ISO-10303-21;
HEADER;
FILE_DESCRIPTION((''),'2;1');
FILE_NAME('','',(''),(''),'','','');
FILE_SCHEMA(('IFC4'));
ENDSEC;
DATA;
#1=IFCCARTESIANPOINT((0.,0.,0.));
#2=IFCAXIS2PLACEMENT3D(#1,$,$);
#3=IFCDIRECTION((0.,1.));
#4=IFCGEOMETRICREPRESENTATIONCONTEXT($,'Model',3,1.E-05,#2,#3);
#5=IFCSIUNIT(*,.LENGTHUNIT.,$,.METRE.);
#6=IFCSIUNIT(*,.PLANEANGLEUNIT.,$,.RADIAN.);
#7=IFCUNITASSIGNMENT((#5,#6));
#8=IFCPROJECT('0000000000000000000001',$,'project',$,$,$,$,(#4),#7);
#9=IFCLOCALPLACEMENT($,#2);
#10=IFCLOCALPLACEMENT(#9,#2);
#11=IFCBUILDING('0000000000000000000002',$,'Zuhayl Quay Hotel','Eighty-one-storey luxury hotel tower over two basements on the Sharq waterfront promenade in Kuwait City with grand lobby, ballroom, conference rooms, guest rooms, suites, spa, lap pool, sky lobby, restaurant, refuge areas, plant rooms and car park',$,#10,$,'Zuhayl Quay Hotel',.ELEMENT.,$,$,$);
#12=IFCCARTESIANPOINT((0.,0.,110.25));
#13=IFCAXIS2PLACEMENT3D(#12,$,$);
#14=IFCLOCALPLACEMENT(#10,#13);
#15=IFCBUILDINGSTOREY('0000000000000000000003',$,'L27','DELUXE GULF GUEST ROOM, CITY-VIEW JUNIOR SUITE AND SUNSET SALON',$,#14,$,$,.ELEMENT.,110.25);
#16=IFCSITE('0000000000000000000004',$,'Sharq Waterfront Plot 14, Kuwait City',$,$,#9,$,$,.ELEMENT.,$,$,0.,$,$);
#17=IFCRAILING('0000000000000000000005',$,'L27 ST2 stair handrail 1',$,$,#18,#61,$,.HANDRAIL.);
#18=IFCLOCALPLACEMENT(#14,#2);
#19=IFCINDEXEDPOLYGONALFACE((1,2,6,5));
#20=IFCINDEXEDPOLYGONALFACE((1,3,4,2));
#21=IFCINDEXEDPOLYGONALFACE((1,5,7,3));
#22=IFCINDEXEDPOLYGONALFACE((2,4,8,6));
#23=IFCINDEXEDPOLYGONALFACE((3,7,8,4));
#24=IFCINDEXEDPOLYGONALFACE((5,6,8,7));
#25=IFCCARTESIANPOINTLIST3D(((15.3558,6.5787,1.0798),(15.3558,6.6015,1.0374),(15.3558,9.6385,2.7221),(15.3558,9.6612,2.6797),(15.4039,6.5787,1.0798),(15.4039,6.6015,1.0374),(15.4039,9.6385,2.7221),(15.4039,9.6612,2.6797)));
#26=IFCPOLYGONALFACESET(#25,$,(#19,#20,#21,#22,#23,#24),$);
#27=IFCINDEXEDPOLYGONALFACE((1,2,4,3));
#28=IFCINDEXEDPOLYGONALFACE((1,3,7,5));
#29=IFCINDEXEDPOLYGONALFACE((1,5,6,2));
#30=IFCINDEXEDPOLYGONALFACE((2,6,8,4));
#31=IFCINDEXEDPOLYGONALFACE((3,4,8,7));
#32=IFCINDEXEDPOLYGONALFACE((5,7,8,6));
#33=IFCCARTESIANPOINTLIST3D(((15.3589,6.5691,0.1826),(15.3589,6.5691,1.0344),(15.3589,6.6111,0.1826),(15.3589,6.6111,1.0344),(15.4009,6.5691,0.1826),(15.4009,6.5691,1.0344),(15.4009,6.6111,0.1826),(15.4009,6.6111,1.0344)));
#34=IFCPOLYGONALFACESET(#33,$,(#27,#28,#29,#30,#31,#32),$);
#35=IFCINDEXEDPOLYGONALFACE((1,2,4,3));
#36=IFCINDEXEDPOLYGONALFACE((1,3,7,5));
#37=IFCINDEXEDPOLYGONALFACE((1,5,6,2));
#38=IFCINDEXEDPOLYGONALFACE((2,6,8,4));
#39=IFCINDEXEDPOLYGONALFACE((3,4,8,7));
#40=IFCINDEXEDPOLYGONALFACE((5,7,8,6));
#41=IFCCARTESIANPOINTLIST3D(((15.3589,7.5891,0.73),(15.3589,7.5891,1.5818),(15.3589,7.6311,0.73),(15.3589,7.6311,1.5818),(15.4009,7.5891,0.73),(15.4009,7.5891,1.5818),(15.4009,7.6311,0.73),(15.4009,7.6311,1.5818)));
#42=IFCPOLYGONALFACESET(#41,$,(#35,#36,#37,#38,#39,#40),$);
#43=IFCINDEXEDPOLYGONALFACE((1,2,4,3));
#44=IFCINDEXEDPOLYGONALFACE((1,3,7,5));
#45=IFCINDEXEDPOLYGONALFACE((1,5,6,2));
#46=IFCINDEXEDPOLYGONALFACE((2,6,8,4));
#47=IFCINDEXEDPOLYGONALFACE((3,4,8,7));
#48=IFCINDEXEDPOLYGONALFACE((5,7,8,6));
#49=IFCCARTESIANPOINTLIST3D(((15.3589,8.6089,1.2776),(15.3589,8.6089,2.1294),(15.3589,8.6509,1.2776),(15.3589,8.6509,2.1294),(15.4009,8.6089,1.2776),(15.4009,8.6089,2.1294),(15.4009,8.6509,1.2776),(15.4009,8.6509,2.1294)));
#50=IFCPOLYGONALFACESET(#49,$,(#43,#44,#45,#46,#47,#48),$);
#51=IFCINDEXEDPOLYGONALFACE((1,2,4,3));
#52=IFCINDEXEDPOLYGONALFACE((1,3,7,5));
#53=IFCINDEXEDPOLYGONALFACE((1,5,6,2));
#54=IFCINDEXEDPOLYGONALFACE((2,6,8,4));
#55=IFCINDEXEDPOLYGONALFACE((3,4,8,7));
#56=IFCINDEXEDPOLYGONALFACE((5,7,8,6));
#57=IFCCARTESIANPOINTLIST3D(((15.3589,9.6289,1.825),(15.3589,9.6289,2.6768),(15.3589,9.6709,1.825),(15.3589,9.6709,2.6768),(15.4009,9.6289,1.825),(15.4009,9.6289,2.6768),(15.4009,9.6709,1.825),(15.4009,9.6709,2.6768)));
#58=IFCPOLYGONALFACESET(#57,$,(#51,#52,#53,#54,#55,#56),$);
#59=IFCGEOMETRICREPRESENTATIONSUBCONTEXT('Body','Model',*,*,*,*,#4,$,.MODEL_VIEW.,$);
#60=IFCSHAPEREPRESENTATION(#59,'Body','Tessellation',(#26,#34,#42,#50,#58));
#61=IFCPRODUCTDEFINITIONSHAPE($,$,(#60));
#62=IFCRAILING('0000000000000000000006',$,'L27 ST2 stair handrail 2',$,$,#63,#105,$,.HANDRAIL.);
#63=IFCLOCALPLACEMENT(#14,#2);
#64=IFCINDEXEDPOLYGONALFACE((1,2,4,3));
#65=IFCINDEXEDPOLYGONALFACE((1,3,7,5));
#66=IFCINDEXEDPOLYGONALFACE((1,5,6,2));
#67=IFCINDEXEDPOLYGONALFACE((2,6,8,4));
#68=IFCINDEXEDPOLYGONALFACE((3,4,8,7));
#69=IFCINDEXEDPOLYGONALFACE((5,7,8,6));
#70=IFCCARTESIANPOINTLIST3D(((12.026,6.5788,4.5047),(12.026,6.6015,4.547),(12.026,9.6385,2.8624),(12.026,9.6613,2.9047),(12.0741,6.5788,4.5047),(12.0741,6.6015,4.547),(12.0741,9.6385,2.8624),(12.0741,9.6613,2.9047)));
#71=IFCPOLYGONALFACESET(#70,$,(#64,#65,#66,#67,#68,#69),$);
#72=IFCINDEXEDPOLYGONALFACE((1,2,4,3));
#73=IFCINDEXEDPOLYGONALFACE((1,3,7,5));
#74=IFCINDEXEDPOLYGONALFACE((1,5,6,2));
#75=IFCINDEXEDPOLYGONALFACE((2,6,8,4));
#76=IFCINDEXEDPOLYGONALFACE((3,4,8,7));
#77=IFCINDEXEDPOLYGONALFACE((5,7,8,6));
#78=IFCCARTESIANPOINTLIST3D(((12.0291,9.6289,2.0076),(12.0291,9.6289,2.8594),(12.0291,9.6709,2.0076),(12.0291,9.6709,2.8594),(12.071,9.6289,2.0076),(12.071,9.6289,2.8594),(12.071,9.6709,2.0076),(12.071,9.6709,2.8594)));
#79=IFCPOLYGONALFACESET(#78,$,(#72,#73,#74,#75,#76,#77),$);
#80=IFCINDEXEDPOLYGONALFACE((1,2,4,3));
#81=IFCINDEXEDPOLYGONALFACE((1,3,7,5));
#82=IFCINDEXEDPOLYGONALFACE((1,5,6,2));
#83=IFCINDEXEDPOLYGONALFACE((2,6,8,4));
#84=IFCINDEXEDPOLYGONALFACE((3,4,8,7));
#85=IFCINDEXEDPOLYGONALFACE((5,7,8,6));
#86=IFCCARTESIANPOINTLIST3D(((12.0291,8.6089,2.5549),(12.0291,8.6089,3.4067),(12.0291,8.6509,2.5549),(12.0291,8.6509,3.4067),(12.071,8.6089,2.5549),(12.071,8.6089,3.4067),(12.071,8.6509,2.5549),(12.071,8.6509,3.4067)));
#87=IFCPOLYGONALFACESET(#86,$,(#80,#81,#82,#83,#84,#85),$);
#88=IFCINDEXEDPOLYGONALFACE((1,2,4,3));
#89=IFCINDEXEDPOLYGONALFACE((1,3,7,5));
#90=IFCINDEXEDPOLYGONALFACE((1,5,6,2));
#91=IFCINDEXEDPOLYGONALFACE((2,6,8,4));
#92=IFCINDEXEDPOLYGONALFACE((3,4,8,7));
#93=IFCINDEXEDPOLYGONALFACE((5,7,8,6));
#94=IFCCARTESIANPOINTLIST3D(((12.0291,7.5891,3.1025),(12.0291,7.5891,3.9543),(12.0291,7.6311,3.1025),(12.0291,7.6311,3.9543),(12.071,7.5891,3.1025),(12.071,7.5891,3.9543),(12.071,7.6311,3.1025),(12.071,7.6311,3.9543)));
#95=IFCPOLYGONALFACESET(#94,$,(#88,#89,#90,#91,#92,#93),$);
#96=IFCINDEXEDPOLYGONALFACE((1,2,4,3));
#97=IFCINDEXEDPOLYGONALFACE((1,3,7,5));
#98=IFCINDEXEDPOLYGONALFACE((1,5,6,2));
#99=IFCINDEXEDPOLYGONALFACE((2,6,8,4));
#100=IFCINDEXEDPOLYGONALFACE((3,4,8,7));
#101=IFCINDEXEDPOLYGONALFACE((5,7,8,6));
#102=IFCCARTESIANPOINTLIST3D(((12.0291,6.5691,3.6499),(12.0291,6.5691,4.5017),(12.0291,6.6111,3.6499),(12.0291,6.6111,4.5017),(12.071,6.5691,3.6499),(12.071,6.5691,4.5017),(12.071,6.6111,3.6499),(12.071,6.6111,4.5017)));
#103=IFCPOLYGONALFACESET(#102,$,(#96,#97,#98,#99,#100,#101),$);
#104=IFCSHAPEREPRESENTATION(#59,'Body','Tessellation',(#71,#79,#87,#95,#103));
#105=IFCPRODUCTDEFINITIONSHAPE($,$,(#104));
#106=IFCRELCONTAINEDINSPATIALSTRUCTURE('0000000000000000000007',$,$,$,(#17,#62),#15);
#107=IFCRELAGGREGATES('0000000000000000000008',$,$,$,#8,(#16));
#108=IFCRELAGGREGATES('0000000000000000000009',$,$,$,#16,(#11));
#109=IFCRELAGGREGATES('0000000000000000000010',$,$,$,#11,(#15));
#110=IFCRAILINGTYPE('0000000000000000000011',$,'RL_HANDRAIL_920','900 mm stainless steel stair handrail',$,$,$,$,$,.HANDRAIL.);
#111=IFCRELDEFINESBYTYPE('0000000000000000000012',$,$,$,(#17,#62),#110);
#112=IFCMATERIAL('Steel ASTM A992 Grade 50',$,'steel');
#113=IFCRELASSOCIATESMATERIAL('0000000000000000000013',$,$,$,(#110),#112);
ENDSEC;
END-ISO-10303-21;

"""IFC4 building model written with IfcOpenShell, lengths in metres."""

from ifc_helpers import new_model, si_unit, direction, frame, origin, origin_2d, place, context, subcontext, project, spatial, rectangle, extrude, material, type_object, element, save


model = new_model("IFC4")

# Units and contexts
model_context = context("Model", 3, precision=1e-05, world=origin(), true_north=direction((0.0, 1.0)))
body_context = subcontext(model_context, "Body", "Model", "MODEL_VIEW")
ifc_project = project(units=[si_unit("LENGTHUNIT", "METRE"), si_unit("PLANEANGLEUNIT", "RADIAN")], contexts=[model_context])

# Site, building, storey
site_placement = place(None, origin())
site = spatial("IfcSite", under=ifc_project, at=site_placement, Name="Sharq Waterfront Plot 14, Kuwait City", CompositionType="ELEMENT", RefElevation=0.0)
building_placement = place(site_placement, origin())
building = spatial("IfcBuilding", under=site, at=building_placement, Name="Zuhayl Quay Hotel", Description="Eighty-one-storey luxury hotel tower over two basements on the Sharq waterfront promenade in Kuwait City with grand lobby, ballroom, conference rooms, guest rooms, suites, spa, lap pool, sky lobby, restaurant, refuge areas, plant rooms and car park", LongName="Zuhayl Quay Hotel", CompositionType="ELEMENT")
storey_placement = place(building_placement, frame((0.0, 0.0, 110.25)))
storey = spatial("IfcBuildingStorey", under=building, at=storey_placement, Name="L27", Description="DELUXE GULF GUEST ROOM, CITY-VIEW JUNIOR SUITE AND SUNSET SALON", CompositionType="ELEMENT", Elevation=110.25)

# Shared definitions
ifc_material_1 = material(Name="Steel ASTM A992 Grade 50", Category="steel")

# Railings
railing_type_1 = type_object("IfcRailingType", Name="RL_HANDRAIL_920", Description="900 mm stainless steel stair handrail", PredefinedType="HANDRAIL", material=ifc_material_1)
railing_1_placement = place(storey_placement, frame((15.3799, 6.5901, 0.1826)))
element("IfcRailing", 1, at=railing_1_placement, inside=storey, type_object=railing_type_1, Name="L27 ST2 stair handrail 1", PredefinedType="HANDRAIL", context=body_context, shape_type="SweptSolid", body=[
    extrude(rectangle(XDim=0.0481, YDim=0.0481, at=origin_2d()), frame((0.0, 0.0, 0.876), z_axis=(0.0, 0.881102, 0.472926), x_axis=(-1.0, 0.0, 0.0)), (0.0, 0.0, 1.0), 3.4727),
    extrude(rectangle(XDim=0.042, YDim=0.042, at=origin_2d()), origin(), (0.0, 0.0, 1.0), 0.8518),
    extrude(rectangle(XDim=0.042, YDim=0.042, at=origin_2d()), frame((0.0, 1.02, 0.5474)), (0.0, 0.0, 1.0), 0.8518),
    extrude(rectangle(XDim=0.042, YDim=0.042, at=origin_2d()), frame((0.0, 2.0398, 1.095)), (0.0, 0.0, 1.0), 0.8518),
    extrude(rectangle(XDim=0.042, YDim=0.042, at=origin_2d()), frame((0.0, 3.0598, 1.6423)), (0.0, 0.0, 1.0), 0.8518),
])
railing_2_placement = place(storey_placement, frame((12.05, 9.6499, 2.0076)))
element("IfcRailing", 2, at=railing_2_placement, inside=storey, type_object=railing_type_1, Name="L27 ST2 stair handrail 2", PredefinedType="HANDRAIL", context=body_context, shape_type="SweptSolid", body=[
    extrude(rectangle(XDim=0.0481, YDim=0.0481, at=origin_2d()), frame((0.0, 0.0, 0.876), z_axis=(0.0, -0.881102, 0.472926), x_axis=(1.0, 0.0, 0.0)), (0.0, 0.0, 1.0), 3.4727),
    extrude(rectangle(XDim=0.042, YDim=0.042, at=origin_2d()), origin(), (0.0, 0.0, 1.0), 0.8518),
    extrude(rectangle(XDim=0.042, YDim=0.042, at=origin_2d()), frame((0.0, -1.02, 0.5474)), (0.0, 0.0, 1.0), 0.8518),
    extrude(rectangle(XDim=0.042, YDim=0.042, at=origin_2d()), frame((0.0, -2.0398, 1.095)), (0.0, 0.0, 1.0), 0.8518),
    extrude(rectangle(XDim=0.042, YDim=0.042, at=origin_2d()), frame((0.0, -3.0598, 1.6423)), (0.0, 0.0, 1.0), 0.8518),
])

save(model, "model.ifc")
